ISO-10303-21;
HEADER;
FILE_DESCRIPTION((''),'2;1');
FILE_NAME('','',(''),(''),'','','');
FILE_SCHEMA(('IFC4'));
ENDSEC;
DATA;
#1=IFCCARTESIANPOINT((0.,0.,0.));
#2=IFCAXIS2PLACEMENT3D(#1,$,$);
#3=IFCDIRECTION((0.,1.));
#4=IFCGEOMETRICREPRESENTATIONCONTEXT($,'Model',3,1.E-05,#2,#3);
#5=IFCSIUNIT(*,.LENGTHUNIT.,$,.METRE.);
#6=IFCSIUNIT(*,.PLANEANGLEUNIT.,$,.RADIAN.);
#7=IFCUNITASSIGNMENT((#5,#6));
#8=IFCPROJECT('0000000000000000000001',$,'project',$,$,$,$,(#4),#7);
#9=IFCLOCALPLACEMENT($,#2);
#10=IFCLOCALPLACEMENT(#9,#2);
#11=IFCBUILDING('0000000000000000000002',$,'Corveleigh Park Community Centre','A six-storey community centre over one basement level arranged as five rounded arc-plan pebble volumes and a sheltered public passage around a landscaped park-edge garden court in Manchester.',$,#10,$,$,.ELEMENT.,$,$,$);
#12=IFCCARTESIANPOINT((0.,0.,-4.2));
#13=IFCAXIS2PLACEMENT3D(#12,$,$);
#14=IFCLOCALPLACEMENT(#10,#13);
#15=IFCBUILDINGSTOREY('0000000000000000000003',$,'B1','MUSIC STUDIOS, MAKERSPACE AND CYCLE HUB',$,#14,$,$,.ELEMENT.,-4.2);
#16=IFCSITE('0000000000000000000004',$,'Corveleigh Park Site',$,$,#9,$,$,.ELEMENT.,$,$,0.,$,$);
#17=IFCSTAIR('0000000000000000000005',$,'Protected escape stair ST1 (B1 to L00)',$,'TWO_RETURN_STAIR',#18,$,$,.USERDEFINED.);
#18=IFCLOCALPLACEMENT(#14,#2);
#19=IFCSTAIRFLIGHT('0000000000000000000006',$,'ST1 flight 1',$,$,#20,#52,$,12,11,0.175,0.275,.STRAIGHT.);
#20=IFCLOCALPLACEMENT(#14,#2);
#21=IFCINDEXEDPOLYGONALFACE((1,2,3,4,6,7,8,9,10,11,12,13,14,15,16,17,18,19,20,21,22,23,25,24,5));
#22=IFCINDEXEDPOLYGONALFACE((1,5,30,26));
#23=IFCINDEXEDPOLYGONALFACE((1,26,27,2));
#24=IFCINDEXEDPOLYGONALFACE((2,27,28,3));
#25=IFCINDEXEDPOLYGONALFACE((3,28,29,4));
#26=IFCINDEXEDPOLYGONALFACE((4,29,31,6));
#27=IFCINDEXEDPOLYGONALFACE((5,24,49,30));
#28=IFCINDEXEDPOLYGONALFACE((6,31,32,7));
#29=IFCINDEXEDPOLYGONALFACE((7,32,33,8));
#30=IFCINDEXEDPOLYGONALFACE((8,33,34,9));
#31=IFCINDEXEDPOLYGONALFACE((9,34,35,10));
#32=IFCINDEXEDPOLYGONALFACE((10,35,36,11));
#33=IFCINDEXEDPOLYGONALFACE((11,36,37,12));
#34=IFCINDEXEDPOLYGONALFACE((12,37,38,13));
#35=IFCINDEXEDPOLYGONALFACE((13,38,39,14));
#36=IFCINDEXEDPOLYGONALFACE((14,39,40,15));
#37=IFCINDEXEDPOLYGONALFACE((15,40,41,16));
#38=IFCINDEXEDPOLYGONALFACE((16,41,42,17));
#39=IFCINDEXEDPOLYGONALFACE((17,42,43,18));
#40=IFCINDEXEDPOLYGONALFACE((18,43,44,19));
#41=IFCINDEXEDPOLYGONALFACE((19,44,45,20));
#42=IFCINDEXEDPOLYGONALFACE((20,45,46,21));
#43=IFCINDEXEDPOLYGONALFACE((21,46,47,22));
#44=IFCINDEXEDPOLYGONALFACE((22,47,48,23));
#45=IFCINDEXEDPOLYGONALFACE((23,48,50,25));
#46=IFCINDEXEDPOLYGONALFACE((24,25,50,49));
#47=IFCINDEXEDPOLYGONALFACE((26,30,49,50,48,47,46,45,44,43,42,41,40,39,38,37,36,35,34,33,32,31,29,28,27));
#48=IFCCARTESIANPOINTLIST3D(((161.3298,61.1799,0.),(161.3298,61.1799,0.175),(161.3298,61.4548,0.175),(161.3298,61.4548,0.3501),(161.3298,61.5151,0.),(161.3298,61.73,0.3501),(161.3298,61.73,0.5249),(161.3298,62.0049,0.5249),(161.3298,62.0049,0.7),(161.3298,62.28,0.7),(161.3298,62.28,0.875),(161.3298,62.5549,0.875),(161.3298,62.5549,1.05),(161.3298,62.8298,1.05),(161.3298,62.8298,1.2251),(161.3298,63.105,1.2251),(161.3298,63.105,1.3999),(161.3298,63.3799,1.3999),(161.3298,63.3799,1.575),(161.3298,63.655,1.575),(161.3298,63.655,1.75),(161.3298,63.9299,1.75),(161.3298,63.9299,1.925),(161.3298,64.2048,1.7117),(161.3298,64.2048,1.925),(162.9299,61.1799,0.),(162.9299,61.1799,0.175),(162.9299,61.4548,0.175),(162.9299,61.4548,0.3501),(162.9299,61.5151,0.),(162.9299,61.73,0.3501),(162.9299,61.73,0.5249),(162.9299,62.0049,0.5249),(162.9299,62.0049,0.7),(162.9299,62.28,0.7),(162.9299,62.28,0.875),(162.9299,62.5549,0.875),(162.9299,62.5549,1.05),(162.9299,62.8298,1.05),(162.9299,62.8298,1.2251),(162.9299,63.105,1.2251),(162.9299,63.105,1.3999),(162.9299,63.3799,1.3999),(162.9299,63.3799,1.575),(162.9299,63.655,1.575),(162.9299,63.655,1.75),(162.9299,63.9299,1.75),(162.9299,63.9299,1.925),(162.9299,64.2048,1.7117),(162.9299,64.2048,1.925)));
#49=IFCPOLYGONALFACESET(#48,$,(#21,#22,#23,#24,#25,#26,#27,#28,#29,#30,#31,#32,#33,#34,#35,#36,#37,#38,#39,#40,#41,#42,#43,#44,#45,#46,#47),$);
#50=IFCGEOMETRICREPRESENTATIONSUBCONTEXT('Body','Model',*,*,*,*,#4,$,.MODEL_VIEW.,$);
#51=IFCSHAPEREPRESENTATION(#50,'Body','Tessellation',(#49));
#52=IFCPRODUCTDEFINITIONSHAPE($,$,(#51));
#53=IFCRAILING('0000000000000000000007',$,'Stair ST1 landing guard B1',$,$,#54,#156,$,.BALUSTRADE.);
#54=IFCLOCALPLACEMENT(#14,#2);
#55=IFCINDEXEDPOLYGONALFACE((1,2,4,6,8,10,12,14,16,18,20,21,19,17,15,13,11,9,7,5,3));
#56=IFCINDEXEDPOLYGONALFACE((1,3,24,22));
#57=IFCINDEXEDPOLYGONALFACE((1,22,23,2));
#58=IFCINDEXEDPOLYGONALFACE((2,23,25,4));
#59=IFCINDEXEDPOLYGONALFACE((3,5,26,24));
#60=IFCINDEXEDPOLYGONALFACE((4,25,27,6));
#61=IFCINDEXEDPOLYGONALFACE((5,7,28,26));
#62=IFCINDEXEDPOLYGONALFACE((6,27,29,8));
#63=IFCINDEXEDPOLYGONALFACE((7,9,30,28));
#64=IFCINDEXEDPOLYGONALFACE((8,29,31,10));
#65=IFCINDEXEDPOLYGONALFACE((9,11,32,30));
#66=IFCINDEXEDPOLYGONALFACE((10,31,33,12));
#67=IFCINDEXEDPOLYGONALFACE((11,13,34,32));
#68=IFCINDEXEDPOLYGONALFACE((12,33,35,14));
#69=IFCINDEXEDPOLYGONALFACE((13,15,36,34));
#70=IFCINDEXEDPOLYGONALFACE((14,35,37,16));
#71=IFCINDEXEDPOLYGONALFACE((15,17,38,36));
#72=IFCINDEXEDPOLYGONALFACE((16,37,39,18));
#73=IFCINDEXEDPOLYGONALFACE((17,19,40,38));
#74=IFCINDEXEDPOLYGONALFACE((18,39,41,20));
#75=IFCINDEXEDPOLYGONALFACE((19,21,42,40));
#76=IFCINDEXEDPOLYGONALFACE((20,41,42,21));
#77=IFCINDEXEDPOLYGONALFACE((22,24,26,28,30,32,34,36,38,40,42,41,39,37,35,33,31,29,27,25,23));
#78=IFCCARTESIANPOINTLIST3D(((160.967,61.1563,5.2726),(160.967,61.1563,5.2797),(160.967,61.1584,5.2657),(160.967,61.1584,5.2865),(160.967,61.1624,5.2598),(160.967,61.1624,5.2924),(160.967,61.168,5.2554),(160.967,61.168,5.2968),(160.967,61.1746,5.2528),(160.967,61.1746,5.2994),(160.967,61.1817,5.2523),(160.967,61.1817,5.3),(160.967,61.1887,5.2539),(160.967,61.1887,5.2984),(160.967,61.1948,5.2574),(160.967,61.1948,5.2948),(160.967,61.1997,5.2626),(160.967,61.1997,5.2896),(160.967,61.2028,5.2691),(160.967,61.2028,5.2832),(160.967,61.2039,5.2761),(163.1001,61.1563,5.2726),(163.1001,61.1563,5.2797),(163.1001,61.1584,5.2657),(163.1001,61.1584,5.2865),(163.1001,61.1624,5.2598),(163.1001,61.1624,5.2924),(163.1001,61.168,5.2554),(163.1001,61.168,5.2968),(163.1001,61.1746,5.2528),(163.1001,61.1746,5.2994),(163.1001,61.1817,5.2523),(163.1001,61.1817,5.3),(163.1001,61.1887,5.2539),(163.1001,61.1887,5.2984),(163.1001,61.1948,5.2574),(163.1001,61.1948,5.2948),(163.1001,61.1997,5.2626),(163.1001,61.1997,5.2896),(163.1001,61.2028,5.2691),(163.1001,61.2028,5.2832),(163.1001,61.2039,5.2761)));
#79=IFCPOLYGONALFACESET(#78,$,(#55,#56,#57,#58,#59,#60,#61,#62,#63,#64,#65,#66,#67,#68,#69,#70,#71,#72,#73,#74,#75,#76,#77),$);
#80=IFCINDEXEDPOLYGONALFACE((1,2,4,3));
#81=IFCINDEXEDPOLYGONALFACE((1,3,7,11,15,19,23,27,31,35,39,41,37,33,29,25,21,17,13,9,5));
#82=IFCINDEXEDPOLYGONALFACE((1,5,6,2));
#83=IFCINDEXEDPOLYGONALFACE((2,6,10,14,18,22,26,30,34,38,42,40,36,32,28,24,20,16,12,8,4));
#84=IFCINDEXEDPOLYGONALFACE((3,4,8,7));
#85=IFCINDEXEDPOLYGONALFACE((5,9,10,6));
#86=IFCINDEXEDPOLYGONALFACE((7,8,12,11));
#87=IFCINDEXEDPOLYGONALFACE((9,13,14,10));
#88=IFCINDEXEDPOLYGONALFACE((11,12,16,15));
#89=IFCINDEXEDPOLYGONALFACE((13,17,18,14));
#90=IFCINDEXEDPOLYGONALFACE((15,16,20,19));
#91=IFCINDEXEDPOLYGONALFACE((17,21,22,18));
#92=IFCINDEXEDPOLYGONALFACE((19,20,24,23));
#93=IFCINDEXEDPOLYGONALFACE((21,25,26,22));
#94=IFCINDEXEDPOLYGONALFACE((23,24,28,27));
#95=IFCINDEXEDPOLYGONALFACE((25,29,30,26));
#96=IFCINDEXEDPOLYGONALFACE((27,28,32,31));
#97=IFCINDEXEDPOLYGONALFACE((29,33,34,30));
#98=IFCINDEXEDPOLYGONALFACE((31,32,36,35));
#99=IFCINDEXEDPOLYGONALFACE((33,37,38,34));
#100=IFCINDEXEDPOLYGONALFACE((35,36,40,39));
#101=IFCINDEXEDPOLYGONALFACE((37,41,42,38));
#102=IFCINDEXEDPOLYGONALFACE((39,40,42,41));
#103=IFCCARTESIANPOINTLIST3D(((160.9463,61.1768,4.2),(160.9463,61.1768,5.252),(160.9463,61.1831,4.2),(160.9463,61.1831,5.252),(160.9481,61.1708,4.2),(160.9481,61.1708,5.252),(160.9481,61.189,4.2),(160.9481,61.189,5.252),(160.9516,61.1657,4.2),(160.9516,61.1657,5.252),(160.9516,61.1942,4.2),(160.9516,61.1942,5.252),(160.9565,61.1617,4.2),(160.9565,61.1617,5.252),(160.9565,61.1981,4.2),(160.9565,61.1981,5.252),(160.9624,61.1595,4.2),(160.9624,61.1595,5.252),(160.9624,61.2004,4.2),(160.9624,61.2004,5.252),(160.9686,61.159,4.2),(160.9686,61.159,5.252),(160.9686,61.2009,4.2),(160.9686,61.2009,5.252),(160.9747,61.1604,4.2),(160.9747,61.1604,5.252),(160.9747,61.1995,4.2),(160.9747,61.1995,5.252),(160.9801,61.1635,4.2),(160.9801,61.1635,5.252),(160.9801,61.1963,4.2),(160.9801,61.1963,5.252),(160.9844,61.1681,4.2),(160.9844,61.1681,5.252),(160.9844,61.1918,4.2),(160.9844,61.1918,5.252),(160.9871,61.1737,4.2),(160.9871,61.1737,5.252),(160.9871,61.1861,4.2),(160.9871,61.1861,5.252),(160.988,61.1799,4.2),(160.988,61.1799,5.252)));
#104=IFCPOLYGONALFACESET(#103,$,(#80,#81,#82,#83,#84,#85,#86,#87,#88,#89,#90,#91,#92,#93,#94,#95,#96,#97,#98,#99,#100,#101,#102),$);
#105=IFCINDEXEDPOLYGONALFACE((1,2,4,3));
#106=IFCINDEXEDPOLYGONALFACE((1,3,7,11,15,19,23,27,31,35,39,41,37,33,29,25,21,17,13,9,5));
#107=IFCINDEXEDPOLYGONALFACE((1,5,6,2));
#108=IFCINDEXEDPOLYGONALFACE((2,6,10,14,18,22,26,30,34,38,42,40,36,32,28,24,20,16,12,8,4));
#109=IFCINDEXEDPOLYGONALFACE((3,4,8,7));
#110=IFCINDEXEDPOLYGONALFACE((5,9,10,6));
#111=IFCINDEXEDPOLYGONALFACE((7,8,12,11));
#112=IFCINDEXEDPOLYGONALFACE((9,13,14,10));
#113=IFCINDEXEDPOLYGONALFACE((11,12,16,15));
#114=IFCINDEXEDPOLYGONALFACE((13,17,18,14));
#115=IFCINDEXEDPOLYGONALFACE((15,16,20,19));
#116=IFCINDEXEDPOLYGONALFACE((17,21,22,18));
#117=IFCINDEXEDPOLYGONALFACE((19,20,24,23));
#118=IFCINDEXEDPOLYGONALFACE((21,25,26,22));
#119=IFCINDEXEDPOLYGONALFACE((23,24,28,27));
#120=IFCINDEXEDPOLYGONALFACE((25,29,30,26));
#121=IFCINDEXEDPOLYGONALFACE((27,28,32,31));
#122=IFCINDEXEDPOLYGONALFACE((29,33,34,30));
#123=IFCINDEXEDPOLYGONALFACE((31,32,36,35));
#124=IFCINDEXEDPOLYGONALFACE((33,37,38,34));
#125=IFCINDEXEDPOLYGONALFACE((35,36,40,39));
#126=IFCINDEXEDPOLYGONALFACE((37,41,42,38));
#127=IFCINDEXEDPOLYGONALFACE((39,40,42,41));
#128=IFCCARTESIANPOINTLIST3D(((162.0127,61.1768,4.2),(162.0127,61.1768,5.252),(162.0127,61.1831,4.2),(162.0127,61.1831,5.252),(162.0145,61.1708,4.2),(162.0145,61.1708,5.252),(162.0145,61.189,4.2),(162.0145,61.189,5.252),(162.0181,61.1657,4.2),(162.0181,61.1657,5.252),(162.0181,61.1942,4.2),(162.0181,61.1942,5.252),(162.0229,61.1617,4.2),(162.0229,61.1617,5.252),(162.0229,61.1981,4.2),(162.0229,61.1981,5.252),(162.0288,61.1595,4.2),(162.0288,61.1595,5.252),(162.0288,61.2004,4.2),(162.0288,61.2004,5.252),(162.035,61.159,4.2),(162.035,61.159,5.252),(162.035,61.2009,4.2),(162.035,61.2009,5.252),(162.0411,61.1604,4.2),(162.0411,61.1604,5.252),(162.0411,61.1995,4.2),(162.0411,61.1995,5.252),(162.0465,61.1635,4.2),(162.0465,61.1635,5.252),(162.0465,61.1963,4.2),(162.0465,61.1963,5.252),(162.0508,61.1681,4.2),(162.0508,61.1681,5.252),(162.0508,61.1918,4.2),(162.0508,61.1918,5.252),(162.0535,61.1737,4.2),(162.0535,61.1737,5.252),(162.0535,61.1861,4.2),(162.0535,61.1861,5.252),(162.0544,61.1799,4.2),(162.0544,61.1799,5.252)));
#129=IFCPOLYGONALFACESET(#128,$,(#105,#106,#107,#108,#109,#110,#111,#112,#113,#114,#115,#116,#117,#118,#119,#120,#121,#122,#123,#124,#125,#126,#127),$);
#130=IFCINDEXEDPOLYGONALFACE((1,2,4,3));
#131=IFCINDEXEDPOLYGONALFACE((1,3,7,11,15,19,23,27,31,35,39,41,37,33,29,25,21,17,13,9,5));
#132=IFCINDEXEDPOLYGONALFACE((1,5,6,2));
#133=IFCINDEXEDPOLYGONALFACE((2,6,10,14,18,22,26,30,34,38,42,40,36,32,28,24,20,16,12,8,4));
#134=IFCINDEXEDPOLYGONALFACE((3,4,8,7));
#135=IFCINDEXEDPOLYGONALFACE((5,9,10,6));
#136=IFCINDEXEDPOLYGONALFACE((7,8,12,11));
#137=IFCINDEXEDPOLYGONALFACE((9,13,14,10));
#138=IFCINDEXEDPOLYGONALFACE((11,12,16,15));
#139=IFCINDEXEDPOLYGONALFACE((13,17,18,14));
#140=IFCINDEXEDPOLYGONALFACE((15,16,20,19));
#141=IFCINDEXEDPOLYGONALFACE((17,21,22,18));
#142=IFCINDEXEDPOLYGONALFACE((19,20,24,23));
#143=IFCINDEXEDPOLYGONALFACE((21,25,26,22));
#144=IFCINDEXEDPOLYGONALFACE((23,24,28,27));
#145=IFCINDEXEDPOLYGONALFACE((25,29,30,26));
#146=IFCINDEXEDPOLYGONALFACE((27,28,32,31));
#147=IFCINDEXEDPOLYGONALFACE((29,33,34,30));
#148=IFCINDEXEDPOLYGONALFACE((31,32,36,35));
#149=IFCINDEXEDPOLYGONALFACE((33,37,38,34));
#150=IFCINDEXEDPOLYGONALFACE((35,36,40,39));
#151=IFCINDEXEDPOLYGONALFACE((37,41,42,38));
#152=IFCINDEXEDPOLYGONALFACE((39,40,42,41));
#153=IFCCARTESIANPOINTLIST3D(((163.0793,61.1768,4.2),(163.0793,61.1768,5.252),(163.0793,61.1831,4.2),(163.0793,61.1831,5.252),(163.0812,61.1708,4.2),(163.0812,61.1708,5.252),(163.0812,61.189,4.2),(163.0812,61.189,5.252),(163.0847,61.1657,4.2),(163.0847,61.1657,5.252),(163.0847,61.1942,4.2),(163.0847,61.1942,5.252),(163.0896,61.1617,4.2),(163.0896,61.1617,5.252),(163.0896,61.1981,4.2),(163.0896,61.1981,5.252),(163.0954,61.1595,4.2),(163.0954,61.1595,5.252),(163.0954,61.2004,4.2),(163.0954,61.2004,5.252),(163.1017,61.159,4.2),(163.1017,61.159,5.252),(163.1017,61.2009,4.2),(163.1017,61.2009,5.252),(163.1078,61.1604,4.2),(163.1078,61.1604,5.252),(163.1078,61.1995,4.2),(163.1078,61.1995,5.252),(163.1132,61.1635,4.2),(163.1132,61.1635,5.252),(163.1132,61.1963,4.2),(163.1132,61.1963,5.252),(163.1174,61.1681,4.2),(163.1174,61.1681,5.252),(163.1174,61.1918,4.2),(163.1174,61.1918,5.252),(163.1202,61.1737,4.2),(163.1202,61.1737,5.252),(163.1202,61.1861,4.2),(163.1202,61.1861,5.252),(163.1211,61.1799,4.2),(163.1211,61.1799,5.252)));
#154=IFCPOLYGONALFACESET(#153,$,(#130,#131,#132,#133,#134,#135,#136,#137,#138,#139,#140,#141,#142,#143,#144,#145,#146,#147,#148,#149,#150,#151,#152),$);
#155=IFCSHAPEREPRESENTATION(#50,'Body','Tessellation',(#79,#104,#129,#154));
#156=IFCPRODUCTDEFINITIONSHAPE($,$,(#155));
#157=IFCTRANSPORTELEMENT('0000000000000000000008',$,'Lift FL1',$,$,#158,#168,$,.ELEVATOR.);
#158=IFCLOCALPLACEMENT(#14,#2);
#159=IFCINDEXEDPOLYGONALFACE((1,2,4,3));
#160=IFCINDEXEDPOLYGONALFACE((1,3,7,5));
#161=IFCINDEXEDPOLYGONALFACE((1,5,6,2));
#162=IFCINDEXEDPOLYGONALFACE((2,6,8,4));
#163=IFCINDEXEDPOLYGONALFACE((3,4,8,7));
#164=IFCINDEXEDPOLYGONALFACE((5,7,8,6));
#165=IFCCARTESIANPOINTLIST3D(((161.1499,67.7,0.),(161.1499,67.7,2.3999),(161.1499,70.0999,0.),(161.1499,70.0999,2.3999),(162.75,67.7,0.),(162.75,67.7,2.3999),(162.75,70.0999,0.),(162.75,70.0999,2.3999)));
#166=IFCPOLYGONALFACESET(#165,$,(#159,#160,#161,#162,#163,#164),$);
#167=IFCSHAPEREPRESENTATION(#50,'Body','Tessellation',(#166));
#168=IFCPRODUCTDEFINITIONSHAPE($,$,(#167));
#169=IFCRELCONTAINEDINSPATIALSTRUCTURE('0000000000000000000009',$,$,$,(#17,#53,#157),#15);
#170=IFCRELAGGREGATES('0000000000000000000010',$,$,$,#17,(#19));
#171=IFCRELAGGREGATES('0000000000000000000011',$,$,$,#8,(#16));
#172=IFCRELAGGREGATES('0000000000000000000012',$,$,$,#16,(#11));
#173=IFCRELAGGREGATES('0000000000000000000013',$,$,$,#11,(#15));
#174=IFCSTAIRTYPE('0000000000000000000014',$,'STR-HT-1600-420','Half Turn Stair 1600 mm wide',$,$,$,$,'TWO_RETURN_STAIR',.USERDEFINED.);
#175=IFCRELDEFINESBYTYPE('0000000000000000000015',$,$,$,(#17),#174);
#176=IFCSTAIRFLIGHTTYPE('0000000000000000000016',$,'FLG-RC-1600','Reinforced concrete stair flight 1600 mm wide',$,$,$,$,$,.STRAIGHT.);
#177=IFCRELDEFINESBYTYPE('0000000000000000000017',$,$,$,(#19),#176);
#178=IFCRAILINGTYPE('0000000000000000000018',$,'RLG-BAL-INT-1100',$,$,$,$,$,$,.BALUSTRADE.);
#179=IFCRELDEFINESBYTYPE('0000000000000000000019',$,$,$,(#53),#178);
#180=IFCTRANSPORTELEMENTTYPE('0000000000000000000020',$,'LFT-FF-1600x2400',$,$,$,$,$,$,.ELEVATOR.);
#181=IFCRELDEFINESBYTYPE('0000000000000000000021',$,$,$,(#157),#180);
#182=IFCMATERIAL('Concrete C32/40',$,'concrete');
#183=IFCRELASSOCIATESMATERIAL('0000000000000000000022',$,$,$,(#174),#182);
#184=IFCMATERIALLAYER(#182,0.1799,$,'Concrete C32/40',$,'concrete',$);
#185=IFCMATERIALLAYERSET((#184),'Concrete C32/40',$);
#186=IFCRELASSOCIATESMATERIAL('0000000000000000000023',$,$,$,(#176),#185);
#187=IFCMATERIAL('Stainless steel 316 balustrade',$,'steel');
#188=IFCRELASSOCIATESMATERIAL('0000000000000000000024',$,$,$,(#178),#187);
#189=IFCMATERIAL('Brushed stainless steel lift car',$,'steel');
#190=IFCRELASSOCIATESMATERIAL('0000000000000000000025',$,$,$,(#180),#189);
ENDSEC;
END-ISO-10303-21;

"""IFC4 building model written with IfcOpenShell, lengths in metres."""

from ifc_helpers import new_model, si_unit, direction, frame, origin, origin_2d, place, context, subcontext, project, spatial, polyline, rectangle, circle, outline, extrude, material, layer, layer_set, type_object, element, aggregate, save


model = new_model("IFC4")

# Units and contexts
model_context = context("Model", 3, precision=1e-05, world=origin(), true_north=direction((0.0, 1.0)))
body_context = subcontext(model_context, "Body", "Model", "MODEL_VIEW")
ifc_project = project(units=[si_unit("LENGTHUNIT", "METRE"), si_unit("PLANEANGLEUNIT", "RADIAN")], contexts=[model_context])

# Site, building, storey
site_placement = place(None, origin())
site = spatial("IfcSite", under=ifc_project, at=site_placement, Name="Corveleigh Park Site", CompositionType="ELEMENT", RefElevation=0.0)
building_placement = place(site_placement, origin())
building = spatial("IfcBuilding", under=site, at=building_placement, Name="Corveleigh Park Community Centre", Description="A six-storey community centre over one basement level arranged as five rounded arc-plan pebble volumes and a sheltered public passage around a landscaped park-edge garden court in Manchester.", CompositionType="ELEMENT")
storey_placement = place(building_placement, frame((0.0, 0.0, -4.2)))
storey = spatial("IfcBuildingStorey", under=building, at=storey_placement, Name="B1", Description="MUSIC STUDIOS, MAKERSPACE AND CYCLE HUB", CompositionType="ELEMENT", Elevation=-4.2)

# Shared definitions
ifc_material_1 = material(Name="Concrete C32/40", Category="concrete")

# Stair, stair flight
stair_type = type_object("IfcStairType", Name="STR-HT-1600-420", Description="Half Turn Stair 1600 mm wide", ElementType="TWO_RETURN_STAIR", PredefinedType="USERDEFINED", material=ifc_material_1)
stair_placement = place(storey_placement, origin())
stair = element("IfcStair", 1, at=stair_placement, inside=storey, type_object=stair_type, Name="Protected escape stair ST1 (B1 to L00)", ObjectType="TWO_RETURN_STAIR", PredefinedType="USERDEFINED")
ifc_layer_1 = layer(ifc_material_1, 0.1799, Name="Concrete C32/40", Category="concrete")
ifc_layer_set_1 = layer_set([ifc_layer_1], Name="Concrete C32/40")
stair_flight_type = type_object("IfcStairFlightType", Name="FLG-RC-1600", Description="Reinforced concrete stair flight 1600 mm wide", PredefinedType="STRAIGHT", material=ifc_layer_set_1)
stair_flight_placement = place(storey_placement, frame((162.1299, 61.1799, 0.0), z_axis=(0.0, 0.0, 1.0), x_axis=(0.0, 1.0, 0.0)))
stair_flight = element("IfcStairFlight", 2, at=stair_flight_placement, type_object=stair_flight_type, Name="ST1 flight 1", NumberOfRisers=12, NumberOfTreads=11, PredefinedType="STRAIGHT", RiserHeight=0.175, TreadLength=0.275, context=body_context, shape_type="SweptSolid", body=[
    extrude(outline(polyline([(0.0, 0.0), (0.0, 0.175), (0.2749, 0.175), (0.2749, 0.3501), (0.55, 0.3501), (0.55, 0.5249), (0.825, 0.5249), (0.825, 0.7), (1.1001, 0.7), (1.1001, 0.875), (1.375, 0.875), (1.375, 1.05), (1.6499, 1.05), (1.6499, 1.2251), (1.925, 1.2251), (1.925, 1.3999), (2.2, 1.3999), (2.2, 1.575), (2.4751, 1.575), (2.4751, 1.75), (2.75, 1.75), (2.75, 1.925), (3.0249, 1.925), (3.0249, 2.1001), (3.0249, 1.7117), (0.3352, 0.0), (0.0, 0.0)])), frame((0.0, 0.8, 0.0), z_axis=(0.0, -1.0, 0.0), x_axis=(1.0, 0.0, 0.0)), (0.0, 0.0, 1.0), 1.6001),
])
aggregate(stair, [stair_flight])

# Railing
ifc_material_2 = material(Name="Stainless steel 316 balustrade", Category="steel")
railing_type = type_object("IfcRailingType", Name="RLG-BAL-INT-1100", PredefinedType="BALUSTRADE", material=ifc_material_2)
railing_1_placement = place(storey_placement, frame((160.967, 61.1799, 4.2)))
element("IfcRailing", 3, at=railing_1_placement, inside=storey, type_object=railing_type, Name="Stair ST1 landing guard B1", PredefinedType="BALUSTRADE", context=body_context, shape_type="SweptSolid", body=[
    extrude(circle(Radius=0.0239, at=origin_2d()), frame((0.0, 0.0, 1.0762), z_axis=(1.0, 0.0, 0.0), x_axis=(0.0, 1.0, 0.0)), (0.0, 0.0, 1.0), 2.1331),
    extrude(circle(Radius=0.021, at=origin_2d()), origin(), (0.0, 0.0, 1.0), 1.052),
    extrude(circle(Radius=0.021, at=origin_2d()), frame((1.0664, 0.0, 0.0)), (0.0, 0.0, 1.0), 1.052),
    extrude(circle(Radius=0.021, at=origin_2d()), frame((2.1331, 0.0, 0.0)), (0.0, 0.0, 1.0), 1.052),
])

# Transport element
ifc_material_3 = material(Name="Brushed stainless steel lift car", Category="steel")
transport_element_type = type_object("IfcTransportElementType", Name="LFT-FF-1600x2400", PredefinedType="ELEVATOR", material=ifc_material_3)
transport_element_placement = place(storey_placement, frame((161.95, 68.8999, 0.0), z_axis=(0.0, 0.0, 1.0), x_axis=(1.0, 0.0, 0.0)))
element("IfcTransportElement", 4, at=transport_element_placement, inside=storey, type_object=transport_element_type, Name="Lift FL1", PredefinedType="ELEVATOR", context=body_context, shape_type="SweptSolid", body=[
    extrude(rectangle(XDim=1.6001, YDim=2.3999, at=origin_2d()), origin(), (0.0, 0.0, 1.0), 2.3999),
])

save(model, "model.ifc")
